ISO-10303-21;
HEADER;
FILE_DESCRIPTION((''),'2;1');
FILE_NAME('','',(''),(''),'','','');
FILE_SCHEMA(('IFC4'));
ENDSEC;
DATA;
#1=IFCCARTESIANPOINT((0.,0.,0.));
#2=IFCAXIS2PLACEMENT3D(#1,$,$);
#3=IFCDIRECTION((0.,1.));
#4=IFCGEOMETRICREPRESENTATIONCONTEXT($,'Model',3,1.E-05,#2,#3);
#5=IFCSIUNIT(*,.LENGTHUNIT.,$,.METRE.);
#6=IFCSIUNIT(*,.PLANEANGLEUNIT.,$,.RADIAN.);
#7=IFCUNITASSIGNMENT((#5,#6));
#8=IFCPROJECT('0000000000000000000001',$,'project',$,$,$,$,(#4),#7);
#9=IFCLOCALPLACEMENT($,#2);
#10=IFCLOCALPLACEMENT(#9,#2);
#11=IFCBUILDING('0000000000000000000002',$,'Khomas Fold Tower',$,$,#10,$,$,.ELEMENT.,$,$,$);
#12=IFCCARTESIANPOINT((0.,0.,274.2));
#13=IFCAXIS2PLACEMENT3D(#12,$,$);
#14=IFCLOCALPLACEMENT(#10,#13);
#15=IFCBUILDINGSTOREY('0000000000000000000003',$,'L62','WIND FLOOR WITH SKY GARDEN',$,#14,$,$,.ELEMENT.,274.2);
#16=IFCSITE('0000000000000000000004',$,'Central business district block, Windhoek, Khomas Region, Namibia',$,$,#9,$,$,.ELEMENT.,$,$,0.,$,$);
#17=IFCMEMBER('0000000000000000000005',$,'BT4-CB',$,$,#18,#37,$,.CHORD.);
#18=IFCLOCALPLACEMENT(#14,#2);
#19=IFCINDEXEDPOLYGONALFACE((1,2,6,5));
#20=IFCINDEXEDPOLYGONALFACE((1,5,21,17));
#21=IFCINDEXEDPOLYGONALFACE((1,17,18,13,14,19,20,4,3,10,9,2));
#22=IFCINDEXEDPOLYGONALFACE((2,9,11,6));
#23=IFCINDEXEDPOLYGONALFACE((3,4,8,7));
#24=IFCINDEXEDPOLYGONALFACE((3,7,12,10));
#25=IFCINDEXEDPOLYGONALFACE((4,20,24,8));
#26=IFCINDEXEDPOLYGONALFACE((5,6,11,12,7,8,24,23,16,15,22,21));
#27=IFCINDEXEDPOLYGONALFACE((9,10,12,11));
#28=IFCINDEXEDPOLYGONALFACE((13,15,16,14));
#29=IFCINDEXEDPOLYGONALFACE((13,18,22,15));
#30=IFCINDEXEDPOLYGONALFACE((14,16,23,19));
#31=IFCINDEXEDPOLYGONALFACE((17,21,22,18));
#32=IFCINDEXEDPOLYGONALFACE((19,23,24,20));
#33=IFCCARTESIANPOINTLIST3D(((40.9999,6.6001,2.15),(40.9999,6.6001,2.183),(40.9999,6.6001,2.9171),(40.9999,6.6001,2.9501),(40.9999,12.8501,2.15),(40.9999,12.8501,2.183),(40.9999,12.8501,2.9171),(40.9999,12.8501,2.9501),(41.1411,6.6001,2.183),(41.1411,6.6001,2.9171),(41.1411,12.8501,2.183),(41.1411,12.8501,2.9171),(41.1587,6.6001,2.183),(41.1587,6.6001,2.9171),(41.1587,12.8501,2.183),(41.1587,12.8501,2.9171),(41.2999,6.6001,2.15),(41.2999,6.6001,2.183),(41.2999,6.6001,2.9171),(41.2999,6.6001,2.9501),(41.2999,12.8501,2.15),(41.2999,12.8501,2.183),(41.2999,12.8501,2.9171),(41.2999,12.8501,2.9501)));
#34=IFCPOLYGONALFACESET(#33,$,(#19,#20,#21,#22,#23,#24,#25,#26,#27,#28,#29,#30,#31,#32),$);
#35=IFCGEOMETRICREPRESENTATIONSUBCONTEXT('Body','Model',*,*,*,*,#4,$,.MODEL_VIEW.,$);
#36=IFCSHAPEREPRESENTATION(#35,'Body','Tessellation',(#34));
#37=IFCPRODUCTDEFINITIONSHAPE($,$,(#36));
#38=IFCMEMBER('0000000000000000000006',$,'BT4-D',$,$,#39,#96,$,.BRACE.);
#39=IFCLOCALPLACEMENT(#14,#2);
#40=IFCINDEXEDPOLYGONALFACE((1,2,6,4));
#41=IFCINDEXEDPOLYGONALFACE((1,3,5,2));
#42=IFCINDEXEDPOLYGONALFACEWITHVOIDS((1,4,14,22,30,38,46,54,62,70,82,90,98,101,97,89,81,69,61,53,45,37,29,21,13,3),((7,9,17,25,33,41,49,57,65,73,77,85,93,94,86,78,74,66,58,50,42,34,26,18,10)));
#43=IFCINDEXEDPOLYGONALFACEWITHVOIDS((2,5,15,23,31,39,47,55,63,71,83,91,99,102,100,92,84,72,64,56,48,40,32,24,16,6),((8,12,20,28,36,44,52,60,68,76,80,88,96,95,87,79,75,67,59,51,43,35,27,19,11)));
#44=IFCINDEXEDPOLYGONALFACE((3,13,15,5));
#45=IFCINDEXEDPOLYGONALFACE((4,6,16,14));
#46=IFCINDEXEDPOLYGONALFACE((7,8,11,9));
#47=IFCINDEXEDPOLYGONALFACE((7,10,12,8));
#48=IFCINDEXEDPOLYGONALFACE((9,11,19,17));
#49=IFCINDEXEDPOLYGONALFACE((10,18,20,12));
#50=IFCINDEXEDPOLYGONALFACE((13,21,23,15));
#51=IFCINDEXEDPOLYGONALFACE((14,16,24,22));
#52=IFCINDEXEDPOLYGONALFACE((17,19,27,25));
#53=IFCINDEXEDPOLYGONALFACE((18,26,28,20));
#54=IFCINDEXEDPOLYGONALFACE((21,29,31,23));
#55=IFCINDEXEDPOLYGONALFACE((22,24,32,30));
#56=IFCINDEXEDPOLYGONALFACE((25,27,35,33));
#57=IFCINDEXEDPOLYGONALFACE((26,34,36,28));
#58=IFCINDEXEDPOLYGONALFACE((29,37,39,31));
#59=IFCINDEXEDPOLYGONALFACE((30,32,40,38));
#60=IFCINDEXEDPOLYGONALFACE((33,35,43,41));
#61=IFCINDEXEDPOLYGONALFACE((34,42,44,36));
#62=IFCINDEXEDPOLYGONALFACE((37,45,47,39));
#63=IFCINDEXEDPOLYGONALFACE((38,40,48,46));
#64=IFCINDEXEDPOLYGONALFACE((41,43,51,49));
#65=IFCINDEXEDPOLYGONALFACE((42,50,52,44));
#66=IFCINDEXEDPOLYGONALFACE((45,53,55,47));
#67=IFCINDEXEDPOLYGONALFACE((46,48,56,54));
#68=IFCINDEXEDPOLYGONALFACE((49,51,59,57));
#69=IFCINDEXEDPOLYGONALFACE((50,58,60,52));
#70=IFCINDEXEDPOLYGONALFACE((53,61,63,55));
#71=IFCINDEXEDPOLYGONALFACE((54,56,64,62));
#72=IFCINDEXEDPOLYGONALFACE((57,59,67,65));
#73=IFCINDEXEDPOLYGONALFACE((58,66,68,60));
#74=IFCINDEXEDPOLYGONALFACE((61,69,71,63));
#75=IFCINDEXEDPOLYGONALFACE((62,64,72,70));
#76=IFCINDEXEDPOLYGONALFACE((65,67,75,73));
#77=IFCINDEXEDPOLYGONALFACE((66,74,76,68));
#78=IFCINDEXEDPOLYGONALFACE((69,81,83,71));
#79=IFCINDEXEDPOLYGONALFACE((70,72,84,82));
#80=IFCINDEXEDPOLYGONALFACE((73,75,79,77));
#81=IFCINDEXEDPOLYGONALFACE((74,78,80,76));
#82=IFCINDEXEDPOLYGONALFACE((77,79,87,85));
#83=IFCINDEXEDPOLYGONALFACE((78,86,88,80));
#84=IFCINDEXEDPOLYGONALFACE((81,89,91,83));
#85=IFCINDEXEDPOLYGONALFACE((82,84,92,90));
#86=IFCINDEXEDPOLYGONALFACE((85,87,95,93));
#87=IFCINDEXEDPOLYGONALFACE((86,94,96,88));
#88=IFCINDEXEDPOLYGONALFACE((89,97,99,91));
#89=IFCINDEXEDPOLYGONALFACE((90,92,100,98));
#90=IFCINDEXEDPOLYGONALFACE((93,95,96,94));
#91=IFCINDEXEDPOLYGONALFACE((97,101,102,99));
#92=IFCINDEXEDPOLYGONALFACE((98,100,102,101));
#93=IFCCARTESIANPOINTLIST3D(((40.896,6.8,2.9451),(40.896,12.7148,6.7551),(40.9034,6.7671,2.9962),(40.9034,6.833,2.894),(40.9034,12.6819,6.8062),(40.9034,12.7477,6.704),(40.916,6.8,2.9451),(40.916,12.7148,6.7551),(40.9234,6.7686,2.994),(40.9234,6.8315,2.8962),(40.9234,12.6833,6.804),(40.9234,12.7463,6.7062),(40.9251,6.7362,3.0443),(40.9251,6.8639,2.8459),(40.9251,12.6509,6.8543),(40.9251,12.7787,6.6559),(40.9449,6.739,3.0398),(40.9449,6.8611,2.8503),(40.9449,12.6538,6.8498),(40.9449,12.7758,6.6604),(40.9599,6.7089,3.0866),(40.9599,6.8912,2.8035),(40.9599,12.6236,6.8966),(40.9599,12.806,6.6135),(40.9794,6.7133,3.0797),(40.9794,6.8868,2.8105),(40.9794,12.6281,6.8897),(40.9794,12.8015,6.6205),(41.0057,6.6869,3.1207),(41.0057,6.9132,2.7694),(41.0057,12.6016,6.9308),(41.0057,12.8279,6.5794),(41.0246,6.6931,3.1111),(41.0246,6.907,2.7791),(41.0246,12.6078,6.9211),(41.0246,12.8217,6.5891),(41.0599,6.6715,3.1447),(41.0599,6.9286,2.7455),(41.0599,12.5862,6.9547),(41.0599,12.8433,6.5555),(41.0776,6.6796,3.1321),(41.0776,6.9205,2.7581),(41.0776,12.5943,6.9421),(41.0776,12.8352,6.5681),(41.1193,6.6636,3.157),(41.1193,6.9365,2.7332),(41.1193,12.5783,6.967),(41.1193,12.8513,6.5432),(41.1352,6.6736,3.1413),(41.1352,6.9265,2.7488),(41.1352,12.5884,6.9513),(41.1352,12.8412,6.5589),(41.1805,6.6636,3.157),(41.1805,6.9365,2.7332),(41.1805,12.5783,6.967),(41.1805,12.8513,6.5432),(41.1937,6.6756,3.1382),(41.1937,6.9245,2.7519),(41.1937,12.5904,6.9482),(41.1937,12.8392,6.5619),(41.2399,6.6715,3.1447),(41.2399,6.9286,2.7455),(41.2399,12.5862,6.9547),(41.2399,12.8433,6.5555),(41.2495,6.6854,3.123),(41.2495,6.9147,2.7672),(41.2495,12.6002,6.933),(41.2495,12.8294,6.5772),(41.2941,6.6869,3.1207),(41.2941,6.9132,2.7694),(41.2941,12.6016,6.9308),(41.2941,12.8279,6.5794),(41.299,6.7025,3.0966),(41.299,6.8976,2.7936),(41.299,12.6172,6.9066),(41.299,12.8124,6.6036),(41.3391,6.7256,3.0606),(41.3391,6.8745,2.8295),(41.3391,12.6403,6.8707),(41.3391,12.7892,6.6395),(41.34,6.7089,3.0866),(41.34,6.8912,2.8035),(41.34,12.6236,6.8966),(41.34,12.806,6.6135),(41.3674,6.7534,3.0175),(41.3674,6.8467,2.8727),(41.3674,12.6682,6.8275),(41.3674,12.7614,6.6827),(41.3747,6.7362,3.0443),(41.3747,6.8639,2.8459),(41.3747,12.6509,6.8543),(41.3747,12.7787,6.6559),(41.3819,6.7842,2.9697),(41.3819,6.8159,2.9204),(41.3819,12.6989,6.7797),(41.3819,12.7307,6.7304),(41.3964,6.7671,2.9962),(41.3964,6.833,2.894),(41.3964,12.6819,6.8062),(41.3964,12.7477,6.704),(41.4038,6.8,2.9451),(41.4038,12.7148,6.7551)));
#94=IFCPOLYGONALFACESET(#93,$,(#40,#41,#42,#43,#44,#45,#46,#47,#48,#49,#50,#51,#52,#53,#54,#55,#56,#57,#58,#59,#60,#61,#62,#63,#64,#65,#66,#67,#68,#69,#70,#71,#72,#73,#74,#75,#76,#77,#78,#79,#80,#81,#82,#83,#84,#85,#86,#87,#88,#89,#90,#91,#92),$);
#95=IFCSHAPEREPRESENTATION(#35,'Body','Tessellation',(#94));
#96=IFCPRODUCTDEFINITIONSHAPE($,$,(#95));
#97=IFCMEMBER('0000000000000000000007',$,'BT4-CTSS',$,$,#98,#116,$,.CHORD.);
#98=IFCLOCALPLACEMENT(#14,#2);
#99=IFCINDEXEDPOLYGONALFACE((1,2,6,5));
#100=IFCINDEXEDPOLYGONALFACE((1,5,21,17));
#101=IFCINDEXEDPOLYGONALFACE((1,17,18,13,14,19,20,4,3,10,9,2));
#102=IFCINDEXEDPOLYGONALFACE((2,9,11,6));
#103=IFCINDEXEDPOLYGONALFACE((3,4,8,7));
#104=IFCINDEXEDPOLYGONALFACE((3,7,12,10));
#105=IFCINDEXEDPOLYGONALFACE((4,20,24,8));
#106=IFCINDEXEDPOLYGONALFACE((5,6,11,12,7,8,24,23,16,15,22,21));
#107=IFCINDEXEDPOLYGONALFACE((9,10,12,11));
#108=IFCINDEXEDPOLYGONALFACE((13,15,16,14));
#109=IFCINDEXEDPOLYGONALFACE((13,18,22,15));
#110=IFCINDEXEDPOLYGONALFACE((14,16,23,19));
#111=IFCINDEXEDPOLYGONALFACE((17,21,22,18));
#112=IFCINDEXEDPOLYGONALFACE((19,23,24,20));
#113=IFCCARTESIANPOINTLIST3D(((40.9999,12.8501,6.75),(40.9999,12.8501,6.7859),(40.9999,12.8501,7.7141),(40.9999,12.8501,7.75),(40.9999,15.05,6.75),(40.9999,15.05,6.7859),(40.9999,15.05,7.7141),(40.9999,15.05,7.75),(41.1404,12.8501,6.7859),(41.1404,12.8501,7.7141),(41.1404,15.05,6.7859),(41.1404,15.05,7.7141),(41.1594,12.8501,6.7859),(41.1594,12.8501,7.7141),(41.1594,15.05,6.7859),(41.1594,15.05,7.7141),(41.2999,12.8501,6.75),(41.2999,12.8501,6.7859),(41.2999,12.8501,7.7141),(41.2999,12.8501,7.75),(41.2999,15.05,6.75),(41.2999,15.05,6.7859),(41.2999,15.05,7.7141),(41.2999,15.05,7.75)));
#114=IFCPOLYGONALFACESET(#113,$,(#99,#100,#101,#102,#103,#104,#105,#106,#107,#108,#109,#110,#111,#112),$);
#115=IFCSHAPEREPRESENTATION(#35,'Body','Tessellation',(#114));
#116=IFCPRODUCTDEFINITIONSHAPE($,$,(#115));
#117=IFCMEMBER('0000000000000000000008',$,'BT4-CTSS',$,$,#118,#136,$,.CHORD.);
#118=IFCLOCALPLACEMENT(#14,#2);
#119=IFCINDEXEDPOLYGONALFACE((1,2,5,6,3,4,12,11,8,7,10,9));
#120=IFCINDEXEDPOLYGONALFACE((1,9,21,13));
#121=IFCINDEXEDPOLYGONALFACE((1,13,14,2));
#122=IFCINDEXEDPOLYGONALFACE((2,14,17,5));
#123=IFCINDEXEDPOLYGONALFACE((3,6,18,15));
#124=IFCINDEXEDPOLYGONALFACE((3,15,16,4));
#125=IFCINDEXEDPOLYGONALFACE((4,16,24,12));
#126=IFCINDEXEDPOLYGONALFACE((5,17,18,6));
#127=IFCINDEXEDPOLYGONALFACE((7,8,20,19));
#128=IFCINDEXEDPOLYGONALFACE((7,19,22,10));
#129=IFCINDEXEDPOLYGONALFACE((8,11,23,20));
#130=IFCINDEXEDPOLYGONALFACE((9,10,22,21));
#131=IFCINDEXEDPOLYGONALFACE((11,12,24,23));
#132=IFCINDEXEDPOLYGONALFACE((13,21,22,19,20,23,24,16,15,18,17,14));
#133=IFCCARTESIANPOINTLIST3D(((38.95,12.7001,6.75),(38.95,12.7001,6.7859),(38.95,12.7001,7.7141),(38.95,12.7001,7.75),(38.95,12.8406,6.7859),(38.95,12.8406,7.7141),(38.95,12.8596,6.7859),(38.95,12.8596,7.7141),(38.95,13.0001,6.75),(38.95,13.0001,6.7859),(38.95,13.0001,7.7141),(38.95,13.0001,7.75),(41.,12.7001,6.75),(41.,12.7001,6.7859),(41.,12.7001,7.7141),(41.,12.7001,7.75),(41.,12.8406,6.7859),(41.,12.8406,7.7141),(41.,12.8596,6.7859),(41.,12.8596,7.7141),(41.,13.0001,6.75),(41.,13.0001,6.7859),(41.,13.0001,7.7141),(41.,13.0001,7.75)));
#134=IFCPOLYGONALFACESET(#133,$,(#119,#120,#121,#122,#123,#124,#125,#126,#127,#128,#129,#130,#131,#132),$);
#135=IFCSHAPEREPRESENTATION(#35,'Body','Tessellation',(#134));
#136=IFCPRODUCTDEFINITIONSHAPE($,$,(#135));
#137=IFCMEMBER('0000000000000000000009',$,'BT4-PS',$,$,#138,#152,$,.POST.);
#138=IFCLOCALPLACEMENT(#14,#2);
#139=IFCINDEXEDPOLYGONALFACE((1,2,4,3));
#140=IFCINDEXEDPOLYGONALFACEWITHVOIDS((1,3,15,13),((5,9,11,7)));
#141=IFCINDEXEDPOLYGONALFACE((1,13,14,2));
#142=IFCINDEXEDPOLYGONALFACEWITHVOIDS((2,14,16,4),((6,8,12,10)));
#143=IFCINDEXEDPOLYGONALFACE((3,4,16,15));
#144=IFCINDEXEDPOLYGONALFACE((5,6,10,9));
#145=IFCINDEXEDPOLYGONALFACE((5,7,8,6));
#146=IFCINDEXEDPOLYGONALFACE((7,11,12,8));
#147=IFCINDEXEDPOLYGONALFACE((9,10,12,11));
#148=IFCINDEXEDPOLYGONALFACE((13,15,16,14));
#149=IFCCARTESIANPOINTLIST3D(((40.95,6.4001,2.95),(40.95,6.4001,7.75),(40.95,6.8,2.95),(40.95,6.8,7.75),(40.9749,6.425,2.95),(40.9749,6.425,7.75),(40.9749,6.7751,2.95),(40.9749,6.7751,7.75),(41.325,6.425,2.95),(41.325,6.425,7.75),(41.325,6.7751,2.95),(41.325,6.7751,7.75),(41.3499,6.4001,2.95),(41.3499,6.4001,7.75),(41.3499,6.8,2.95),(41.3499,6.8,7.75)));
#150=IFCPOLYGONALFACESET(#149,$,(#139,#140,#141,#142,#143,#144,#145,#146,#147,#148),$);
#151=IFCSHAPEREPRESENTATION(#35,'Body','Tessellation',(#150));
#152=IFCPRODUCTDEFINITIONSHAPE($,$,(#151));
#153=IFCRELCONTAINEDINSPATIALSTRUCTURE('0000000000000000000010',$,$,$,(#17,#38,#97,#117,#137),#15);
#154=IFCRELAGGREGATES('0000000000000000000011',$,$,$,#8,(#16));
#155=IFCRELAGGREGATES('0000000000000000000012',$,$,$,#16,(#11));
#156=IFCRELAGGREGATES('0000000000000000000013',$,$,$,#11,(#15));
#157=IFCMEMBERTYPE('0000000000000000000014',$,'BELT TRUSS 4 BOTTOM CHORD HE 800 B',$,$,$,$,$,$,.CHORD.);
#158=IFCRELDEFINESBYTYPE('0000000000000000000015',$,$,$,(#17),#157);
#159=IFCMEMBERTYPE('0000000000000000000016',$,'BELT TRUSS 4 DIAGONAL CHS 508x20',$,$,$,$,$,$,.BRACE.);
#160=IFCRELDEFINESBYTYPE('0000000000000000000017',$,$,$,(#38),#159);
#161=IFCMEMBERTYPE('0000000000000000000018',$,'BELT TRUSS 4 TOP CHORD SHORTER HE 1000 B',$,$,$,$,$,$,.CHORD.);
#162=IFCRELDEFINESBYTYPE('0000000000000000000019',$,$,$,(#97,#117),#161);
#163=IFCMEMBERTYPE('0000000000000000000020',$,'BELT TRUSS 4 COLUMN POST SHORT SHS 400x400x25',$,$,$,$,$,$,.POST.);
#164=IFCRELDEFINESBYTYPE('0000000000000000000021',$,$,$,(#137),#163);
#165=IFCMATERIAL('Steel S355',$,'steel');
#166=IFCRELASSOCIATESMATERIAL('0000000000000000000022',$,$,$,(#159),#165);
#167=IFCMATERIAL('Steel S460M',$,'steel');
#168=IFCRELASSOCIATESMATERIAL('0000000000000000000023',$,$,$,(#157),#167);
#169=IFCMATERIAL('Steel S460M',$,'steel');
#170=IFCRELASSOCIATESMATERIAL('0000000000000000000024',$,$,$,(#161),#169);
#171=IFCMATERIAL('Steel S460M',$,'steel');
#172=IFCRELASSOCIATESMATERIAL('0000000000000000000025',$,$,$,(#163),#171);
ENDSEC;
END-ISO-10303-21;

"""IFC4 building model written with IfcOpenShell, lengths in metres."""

from ifc_helpers import new_model, si_unit, direction, frame, origin, origin_2d, place, context, subcontext, project, spatial, hollow_rectangle, hollow_circle, i_section, extrude, source, transform, mapped, material, material_profile, profile_set, type_object, element, save


model = new_model("IFC4")

# Units and contexts
model_context = context("Model", 3, precision=1e-05, world=origin(), true_north=direction((0.0, 1.0)))
body_context = subcontext(model_context, "Body", "Model", "MODEL_VIEW")
ifc_project = project(units=[si_unit("LENGTHUNIT", "METRE"), si_unit("PLANEANGLEUNIT", "RADIAN")], contexts=[model_context])

# Site, building, storey
site_placement = place(None, origin())
site = spatial("IfcSite", under=ifc_project, at=site_placement, Name="Central business district block, Windhoek, Khomas Region, Namibia", CompositionType="ELEMENT", RefElevation=0.0)
building_placement = place(site_placement, origin())
building = spatial("IfcBuilding", under=site, at=building_placement, Name="Khomas Fold Tower", CompositionType="ELEMENT")
storey_placement = place(building_placement, frame((0.0, 0.0, 274.2)))
storey = spatial("IfcBuildingStorey", under=building, at=storey_placement, Name="L62", Description="WIND FLOOR WITH SKY GARDEN", CompositionType="ELEMENT", Elevation=274.2)

# Members
ifc_material_1 = material(Name="Steel S355", Category="steel")
ifc_material_profile_1 = material_profile(ifc_material_1, hollow_circle(Radius=0.2539, WallThickness=0.02, at=origin_2d()), Name="CHS 508x20")
ifc_profile_set_1 = profile_set([ifc_material_profile_1], Name="Steel S355")
member_type_1 = type_object("IfcMemberType", Name="BELT TRUSS 4 DIAGONAL CHS 508x20", PredefinedType="BRACE", material=ifc_profile_set_1)
ifc_material_2 = material(Name="Steel S460M", Category="steel")
ifc_material_profile_2 = material_profile(ifc_material_2, i_section(OverallWidth=0.3, OverallDepth=0.8, WebThickness=0.0176, FlangeThickness=0.033, at=origin_2d()), Name="HE 800 B")
ifc_profile_set_2 = profile_set([ifc_material_profile_2], Name="Steel S460M")
member_type_2 = type_object("IfcMemberType", Name="BELT TRUSS 4 BOTTOM CHORD HE 800 B", PredefinedType="CHORD", material=ifc_profile_set_2)
shared_shape_1 = source(origin(), body_context, "Body", "SweptSolid", [
    extrude(i_section(OverallWidth=0.3, OverallDepth=0.8, WebThickness=0.0176, FlangeThickness=0.033, at=origin_2d()), origin(), (0.0, 0.0, 1.0), 6.25),
])
member_1_placement = place(storey_placement, frame((41.1499, 6.6001, 2.55), z_axis=(0.0, 1.0, 0.0), x_axis=(-1.0, 0.0, 0.0)))
element("IfcMember", 1, at=member_1_placement, inside=storey, type_object=member_type_2, Name="BT4-CB", PredefinedType="CHORD", context=body_context, shape_type="MappedRepresentation", body=[
    mapped(shared_shape_1, transform((0.0, 0.0, 0.0))),
])
shared_shape_2 = source(origin(), body_context, "Body", "SweptSolid", [
    extrude(hollow_circle(Radius=0.2539, WallThickness=0.02, at=origin_2d()), origin(), (0.0, 0.0, 1.0), 7.0356),
])
member_2_placement = place(storey_placement, frame((41.1499, 6.8, 2.9451), z_axis=(0.0, 0.840681, 0.541531), x_axis=(-1.0, 0.0, 0.0)))
element("IfcMember", 2, at=member_2_placement, inside=storey, type_object=member_type_1, Name="BT4-D", PredefinedType="BRACE", context=body_context, shape_type="MappedRepresentation", body=[
    mapped(shared_shape_2, transform((0.0, 0.0, 0.0))),
])
ifc_material_3 = material(Name="Steel S460M", Category="steel")
ifc_material_profile_3 = material_profile(ifc_material_3, i_section(OverallWidth=0.3, OverallDepth=1.0, WebThickness=0.019, FlangeThickness=0.0359, at=origin_2d()), Name="HE 1000 B")
ifc_profile_set_3 = profile_set([ifc_material_profile_3], Name="Steel S460M")
member_type_3 = type_object("IfcMemberType", Name="BELT TRUSS 4 TOP CHORD SHORTER HE 1000 B", PredefinedType="CHORD", material=ifc_profile_set_3)
shared_shape_3 = source(origin(), body_context, "Body", "SweptSolid", [
    extrude(i_section(OverallWidth=0.3, OverallDepth=1.0, WebThickness=0.019, FlangeThickness=0.0359, at=origin_2d()), origin(), (0.0, 0.0, 1.0), 2.2),
])
member_3_placement = place(storey_placement, frame((41.1499, 12.8501, 7.25), z_axis=(0.0, 1.0, 0.0), x_axis=(-1.0, 0.0, 0.0)))
element("IfcMember", 3, at=member_3_placement, inside=storey, type_object=member_type_3, Name="BT4-CTSS", PredefinedType="CHORD", context=body_context, shape_type="MappedRepresentation", body=[
    mapped(shared_shape_3, transform((0.0, 0.0, 0.0))),
])
shared_shape_4 = source(origin(), body_context, "Body", "SweptSolid", [
    extrude(i_section(OverallWidth=0.3, OverallDepth=1.0, WebThickness=0.019, FlangeThickness=0.0359, at=origin_2d()), origin(), (0.0, 0.0, 1.0), 2.05),
])
member_4_placement = place(storey_placement, frame((41.0, 12.8501, 7.25), z_axis=(-1.0, 0.0, 0.0), x_axis=(0.0, -1.0, 0.0)))
element("IfcMember", 4, at=member_4_placement, inside=storey, type_object=member_type_3, Name="BT4-CTSS", PredefinedType="CHORD", context=body_context, shape_type="MappedRepresentation", body=[
    mapped(shared_shape_4, transform((0.0, 0.0, 0.0))),
])
ifc_material_4 = material(Name="Steel S460M", Category="steel")
ifc_material_profile_4 = material_profile(ifc_material_4, hollow_rectangle(XDim=0.3999, YDim=0.3999, WallThickness=0.0249, at=origin_2d()), Name="SHS 400x400x25")
ifc_profile_set_4 = profile_set([ifc_material_profile_4], Name="Steel S460M")
member_type_4 = type_object("IfcMemberType", Name="BELT TRUSS 4 COLUMN POST SHORT SHS 400x400x25", PredefinedType="POST", material=ifc_profile_set_4)
shared_shape_5 = source(origin(), body_context, "Body", "SweptSolid", [
    extrude(hollow_rectangle(XDim=0.3999, YDim=0.3999, WallThickness=0.0249, at=origin_2d()), origin(), (0.0, 0.0, 1.0), 4.8),
])
member_5_placement = place(storey_placement, frame((41.1499, 6.6001, 2.95), z_axis=(0.0, 0.0, 1.0), x_axis=(1.0, 0.0, 0.0)))
element("IfcMember", 5, at=member_5_placement, inside=storey, type_object=member_type_4, Name="BT4-PS", PredefinedType="POST", context=body_context, shape_type="MappedRepresentation", body=[
    mapped(shared_shape_5, transform((0.0, 0.0, 0.0))),
])

save(model, "model.ifc")
